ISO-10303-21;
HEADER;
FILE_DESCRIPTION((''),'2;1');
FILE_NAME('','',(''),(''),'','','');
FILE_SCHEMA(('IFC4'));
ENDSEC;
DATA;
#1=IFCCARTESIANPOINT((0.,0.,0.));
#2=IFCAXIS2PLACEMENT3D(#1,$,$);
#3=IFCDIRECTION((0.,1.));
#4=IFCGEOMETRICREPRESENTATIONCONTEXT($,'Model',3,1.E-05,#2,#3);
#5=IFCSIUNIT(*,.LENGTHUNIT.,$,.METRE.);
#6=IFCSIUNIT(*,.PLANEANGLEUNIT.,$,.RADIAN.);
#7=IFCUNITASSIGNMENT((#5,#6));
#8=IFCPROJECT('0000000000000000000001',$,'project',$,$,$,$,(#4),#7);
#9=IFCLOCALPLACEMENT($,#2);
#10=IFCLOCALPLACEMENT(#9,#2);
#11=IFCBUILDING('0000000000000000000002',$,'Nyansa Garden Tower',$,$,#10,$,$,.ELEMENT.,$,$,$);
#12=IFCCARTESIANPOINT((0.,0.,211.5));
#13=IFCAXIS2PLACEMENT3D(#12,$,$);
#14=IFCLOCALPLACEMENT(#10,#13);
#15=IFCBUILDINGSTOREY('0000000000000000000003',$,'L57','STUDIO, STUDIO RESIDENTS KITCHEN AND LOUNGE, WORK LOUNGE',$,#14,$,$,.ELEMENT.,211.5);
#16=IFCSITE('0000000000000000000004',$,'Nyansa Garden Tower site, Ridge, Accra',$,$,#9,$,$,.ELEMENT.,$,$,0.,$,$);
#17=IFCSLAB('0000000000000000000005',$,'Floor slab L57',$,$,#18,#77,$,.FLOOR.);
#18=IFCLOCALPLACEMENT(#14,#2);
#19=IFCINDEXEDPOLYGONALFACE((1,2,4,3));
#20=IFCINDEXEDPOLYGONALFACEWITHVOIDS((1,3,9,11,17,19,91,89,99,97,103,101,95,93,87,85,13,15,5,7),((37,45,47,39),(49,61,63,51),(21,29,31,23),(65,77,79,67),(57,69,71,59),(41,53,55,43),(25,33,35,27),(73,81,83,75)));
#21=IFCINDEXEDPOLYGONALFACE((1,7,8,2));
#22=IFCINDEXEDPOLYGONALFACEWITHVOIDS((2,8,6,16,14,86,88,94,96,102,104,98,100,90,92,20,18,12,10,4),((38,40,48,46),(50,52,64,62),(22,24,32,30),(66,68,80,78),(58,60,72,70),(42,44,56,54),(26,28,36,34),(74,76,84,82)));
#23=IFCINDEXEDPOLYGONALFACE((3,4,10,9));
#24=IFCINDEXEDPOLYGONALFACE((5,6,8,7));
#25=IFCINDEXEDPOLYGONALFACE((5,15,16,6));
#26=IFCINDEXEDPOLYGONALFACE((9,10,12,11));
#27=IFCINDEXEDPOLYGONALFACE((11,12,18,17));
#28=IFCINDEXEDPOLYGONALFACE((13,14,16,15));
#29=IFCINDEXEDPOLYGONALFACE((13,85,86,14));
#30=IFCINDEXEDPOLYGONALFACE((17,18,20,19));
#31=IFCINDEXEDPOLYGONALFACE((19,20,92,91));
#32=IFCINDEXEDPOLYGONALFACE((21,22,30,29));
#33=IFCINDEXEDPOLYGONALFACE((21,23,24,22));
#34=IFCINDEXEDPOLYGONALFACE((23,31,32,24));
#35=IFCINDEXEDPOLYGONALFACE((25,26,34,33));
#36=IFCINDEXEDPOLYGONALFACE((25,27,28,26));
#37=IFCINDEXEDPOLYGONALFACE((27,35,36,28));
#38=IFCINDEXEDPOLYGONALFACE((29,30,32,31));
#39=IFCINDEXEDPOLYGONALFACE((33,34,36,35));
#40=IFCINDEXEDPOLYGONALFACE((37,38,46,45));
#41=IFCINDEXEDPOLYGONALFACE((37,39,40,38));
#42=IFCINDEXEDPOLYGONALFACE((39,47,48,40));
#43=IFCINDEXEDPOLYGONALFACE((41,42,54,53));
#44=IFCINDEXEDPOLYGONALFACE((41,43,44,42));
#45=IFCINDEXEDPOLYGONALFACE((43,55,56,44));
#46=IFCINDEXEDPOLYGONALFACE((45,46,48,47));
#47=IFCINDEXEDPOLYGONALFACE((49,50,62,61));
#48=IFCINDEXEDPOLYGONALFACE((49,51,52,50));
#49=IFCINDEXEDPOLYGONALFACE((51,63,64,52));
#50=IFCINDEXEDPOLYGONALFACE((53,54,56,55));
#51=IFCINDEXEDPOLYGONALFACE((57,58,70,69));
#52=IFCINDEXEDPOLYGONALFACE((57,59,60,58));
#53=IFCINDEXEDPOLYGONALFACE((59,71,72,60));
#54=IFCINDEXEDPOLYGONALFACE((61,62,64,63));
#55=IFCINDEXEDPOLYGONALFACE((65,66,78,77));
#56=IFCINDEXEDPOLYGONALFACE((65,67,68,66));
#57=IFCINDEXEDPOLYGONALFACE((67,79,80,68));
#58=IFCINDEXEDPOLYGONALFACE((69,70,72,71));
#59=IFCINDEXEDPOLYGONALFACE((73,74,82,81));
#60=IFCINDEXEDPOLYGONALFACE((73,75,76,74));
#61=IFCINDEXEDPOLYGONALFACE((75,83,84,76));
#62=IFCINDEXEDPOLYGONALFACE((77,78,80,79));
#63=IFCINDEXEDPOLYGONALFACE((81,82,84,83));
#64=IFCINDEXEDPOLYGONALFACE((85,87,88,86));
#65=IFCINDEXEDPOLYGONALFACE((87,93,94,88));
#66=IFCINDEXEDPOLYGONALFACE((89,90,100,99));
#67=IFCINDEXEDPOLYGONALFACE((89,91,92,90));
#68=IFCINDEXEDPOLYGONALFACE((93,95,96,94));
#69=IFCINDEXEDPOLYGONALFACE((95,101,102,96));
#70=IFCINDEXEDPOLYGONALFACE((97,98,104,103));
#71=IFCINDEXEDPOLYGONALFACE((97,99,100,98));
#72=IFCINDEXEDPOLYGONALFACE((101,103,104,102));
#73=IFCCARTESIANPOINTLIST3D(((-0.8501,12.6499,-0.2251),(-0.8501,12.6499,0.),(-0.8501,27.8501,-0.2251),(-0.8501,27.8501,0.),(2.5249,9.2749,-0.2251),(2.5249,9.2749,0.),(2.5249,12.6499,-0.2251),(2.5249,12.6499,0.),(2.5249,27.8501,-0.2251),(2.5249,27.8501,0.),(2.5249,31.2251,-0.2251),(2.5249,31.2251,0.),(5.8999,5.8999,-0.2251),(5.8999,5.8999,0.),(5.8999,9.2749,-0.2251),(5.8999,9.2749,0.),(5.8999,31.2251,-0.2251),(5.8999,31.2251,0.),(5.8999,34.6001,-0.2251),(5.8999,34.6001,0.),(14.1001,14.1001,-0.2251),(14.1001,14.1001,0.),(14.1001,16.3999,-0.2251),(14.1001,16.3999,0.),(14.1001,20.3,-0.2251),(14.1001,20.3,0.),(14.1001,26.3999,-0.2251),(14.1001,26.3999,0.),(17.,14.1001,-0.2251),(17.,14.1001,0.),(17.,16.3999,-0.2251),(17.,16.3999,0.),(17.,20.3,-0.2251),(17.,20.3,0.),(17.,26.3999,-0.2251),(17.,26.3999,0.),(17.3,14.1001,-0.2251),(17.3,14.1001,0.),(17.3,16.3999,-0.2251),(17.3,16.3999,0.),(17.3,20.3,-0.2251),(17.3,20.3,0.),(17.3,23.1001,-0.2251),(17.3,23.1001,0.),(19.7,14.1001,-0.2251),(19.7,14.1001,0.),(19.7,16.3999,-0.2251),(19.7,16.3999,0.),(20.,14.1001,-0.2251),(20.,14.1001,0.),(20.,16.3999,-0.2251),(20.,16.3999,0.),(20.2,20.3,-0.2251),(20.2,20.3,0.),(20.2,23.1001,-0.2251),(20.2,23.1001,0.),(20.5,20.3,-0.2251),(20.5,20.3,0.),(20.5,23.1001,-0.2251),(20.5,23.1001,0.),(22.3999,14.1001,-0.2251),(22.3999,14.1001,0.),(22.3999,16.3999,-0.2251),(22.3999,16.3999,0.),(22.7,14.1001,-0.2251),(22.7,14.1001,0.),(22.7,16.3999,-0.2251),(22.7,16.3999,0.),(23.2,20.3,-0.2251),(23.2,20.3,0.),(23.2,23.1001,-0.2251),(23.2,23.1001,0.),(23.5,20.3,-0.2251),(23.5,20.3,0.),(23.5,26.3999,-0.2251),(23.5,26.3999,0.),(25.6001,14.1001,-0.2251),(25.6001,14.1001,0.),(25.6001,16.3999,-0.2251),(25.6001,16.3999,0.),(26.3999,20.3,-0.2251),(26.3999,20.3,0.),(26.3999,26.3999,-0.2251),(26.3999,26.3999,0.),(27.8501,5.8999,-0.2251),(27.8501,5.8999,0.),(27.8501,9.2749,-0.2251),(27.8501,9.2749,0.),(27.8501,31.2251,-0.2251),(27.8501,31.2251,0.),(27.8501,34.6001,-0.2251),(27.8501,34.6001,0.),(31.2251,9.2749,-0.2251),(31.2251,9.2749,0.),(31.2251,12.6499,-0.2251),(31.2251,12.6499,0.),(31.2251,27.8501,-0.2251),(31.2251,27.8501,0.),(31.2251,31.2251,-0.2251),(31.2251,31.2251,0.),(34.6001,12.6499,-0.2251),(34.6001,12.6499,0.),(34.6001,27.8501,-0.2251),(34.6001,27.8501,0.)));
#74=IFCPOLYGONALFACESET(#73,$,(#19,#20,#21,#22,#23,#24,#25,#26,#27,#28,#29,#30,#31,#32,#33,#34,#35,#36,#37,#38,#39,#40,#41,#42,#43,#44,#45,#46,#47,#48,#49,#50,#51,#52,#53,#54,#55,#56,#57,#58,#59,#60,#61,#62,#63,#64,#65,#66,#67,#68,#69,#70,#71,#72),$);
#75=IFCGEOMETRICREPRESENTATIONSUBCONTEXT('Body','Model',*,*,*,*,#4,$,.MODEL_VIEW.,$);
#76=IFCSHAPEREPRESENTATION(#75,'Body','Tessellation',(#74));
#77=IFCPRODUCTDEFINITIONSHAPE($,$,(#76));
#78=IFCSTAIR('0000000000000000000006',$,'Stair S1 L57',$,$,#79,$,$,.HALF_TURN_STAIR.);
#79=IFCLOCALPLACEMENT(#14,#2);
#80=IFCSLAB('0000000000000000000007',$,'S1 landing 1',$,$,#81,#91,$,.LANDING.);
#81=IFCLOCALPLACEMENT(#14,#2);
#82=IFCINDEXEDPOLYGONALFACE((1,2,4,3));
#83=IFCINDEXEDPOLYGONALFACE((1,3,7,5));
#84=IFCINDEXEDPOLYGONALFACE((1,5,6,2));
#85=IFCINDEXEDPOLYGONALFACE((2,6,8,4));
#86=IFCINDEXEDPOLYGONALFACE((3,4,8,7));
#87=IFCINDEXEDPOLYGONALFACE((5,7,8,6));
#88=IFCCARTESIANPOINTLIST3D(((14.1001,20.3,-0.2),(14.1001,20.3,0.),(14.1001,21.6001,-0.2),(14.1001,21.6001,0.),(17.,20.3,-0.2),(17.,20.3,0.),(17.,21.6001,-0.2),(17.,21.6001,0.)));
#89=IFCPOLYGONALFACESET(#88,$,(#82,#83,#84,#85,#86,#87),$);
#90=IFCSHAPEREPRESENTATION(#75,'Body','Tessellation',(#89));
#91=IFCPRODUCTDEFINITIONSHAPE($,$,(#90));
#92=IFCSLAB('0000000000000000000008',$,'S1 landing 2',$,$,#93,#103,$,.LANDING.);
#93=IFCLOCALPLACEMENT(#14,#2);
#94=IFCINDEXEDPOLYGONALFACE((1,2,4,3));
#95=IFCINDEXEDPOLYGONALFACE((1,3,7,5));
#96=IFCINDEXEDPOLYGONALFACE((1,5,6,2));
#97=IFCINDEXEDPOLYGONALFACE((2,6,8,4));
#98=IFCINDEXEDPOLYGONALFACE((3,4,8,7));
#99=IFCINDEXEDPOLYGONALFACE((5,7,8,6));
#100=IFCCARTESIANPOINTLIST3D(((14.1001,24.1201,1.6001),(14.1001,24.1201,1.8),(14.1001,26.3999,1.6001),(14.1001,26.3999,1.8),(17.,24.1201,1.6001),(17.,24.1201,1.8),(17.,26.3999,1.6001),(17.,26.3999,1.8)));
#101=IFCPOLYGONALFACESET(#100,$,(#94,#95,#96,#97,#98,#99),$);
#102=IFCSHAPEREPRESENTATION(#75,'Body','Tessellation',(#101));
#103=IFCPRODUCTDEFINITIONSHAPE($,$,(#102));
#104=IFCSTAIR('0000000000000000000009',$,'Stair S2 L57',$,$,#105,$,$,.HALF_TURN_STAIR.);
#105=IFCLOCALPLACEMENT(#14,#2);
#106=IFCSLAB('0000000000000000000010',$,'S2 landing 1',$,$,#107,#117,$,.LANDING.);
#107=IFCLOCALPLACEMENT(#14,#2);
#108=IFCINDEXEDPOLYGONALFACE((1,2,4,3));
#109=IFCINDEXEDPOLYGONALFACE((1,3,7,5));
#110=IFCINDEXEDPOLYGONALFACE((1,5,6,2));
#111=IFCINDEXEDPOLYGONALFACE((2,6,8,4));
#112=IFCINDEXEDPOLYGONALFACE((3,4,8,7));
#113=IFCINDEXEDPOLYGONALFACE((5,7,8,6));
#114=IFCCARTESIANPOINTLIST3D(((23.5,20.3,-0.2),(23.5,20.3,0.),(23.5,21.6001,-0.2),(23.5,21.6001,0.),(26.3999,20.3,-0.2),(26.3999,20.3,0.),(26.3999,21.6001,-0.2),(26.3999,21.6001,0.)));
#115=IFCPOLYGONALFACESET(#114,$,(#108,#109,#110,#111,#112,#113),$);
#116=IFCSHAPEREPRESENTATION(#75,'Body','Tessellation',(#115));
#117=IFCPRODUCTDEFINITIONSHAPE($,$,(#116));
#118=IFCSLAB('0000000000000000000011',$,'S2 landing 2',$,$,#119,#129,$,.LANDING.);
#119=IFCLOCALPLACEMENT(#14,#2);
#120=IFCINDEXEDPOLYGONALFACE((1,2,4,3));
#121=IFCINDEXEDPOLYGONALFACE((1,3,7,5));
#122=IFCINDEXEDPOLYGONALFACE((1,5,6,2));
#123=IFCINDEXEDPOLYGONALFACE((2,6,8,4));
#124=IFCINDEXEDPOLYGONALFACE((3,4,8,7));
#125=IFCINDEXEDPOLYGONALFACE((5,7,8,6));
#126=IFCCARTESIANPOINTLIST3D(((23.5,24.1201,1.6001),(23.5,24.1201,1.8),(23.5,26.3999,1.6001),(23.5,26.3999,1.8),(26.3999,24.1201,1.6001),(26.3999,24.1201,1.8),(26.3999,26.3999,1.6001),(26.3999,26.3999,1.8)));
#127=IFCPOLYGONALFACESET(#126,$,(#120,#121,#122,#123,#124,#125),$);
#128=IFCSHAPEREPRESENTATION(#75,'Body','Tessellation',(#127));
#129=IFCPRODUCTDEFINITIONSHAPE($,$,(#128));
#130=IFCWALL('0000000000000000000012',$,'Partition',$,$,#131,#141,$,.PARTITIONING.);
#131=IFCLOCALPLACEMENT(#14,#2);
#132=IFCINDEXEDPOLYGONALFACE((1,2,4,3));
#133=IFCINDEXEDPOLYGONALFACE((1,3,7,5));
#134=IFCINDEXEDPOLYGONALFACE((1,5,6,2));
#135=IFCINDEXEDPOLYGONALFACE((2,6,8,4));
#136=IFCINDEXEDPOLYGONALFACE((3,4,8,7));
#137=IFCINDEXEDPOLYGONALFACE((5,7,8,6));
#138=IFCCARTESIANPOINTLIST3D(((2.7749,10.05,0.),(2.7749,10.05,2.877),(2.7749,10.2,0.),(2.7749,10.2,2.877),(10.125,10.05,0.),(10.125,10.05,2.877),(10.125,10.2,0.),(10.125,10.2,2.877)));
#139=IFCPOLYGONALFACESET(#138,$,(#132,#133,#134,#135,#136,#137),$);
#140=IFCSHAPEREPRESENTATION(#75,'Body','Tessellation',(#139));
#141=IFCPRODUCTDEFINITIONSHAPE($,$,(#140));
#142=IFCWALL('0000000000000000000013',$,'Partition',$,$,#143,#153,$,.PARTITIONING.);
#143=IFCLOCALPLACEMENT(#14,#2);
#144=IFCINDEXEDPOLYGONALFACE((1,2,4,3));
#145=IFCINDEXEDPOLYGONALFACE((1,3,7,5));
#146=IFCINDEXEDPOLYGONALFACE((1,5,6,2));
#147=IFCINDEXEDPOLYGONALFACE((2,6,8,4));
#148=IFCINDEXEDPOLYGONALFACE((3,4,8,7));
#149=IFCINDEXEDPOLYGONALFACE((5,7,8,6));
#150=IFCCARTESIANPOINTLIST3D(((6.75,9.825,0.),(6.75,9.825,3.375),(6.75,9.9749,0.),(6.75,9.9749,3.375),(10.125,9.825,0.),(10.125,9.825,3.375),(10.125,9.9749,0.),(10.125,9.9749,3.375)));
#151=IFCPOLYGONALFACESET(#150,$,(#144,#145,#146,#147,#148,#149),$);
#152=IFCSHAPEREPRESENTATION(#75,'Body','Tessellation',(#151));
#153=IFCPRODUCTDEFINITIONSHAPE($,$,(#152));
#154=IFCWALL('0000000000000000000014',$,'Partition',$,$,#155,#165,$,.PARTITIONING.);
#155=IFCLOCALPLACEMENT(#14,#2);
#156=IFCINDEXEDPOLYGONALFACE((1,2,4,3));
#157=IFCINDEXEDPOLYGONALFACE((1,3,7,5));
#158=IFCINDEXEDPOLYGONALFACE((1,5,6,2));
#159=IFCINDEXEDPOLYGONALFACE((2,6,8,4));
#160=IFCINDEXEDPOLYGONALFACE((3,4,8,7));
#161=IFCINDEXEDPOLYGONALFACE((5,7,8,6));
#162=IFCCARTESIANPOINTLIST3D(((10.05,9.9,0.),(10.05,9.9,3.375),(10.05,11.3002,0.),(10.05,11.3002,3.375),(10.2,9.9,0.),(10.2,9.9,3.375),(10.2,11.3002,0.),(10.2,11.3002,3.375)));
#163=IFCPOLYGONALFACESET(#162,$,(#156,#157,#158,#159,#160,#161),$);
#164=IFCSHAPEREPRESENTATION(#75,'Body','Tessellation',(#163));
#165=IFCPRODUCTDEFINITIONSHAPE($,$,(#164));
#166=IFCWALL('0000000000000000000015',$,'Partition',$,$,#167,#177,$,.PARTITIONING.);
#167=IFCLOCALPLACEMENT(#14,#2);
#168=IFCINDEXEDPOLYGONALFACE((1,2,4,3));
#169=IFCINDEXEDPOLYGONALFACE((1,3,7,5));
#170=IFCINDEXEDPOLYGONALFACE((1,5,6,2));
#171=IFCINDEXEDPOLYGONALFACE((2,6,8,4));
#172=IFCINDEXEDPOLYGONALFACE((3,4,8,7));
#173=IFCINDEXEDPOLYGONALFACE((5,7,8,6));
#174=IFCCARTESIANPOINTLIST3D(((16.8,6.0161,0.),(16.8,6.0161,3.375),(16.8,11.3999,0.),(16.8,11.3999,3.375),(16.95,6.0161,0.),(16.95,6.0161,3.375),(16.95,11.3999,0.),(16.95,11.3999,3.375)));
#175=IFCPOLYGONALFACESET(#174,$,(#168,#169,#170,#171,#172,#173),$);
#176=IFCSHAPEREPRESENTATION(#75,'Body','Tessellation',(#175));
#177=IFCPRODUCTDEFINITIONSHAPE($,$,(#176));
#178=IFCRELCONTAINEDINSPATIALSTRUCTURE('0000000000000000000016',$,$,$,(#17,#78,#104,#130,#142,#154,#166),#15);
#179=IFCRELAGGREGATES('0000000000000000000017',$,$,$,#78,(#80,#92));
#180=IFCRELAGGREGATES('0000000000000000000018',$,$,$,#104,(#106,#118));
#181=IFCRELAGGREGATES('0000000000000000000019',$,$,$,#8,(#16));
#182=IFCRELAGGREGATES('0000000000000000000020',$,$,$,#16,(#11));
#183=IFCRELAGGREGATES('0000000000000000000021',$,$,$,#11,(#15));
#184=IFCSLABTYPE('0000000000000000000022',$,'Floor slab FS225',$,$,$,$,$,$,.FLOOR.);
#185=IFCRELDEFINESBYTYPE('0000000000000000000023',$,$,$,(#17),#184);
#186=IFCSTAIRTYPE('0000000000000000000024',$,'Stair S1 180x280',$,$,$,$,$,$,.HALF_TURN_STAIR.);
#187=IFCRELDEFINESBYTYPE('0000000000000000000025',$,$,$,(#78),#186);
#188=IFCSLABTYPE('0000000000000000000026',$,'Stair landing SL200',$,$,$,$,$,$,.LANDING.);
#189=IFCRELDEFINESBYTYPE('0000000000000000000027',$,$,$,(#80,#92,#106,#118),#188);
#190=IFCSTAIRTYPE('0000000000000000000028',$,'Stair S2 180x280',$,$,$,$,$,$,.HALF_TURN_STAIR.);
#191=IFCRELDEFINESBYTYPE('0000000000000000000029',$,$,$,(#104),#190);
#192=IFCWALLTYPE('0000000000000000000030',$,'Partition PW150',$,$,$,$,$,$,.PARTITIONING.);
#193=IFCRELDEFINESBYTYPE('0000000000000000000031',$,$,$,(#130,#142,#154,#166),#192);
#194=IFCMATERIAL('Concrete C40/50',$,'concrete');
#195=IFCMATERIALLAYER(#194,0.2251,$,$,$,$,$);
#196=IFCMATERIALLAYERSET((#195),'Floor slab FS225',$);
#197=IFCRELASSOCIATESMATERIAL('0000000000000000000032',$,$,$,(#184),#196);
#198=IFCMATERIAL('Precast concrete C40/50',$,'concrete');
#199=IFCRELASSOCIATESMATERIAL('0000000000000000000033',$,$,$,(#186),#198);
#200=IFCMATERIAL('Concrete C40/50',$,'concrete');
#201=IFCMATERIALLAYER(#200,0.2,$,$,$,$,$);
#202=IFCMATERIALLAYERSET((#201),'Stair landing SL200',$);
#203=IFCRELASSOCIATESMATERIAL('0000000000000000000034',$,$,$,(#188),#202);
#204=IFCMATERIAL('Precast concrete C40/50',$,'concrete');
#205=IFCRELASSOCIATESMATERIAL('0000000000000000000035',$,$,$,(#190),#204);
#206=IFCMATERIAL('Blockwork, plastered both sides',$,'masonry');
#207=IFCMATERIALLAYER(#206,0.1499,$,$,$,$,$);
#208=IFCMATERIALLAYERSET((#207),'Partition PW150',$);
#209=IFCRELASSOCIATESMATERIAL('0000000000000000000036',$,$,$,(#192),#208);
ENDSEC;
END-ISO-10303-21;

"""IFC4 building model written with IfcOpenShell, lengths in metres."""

from ifc_helpers import new_model, si_unit, direction, frame, frame_2d, origin, place, context, subcontext, project, spatial, polyline, rectangle, outline, extrude, material, layer, layer_set, type_object, element, aggregate, save


model = new_model("IFC4")

# Units and contexts
model_context = context("Model", 3, precision=1e-05, world=origin(), true_north=direction((0.0, 1.0)))
body_context = subcontext(model_context, "Body", "Model", "MODEL_VIEW")
ifc_project = project(units=[si_unit("LENGTHUNIT", "METRE"), si_unit("PLANEANGLEUNIT", "RADIAN")], contexts=[model_context])

# Site, building, storey
site_placement = place(None, origin())
site = spatial("IfcSite", under=ifc_project, at=site_placement, Name="Nyansa Garden Tower site, Ridge, Accra", CompositionType="ELEMENT", RefElevation=0.0)
building_placement = place(site_placement, origin())
building = spatial("IfcBuilding", under=site, at=building_placement, Name="Nyansa Garden Tower", CompositionType="ELEMENT")
storey_placement = place(building_placement, frame((0.0, 0.0, 211.5)))
storey = spatial("IfcBuildingStorey", under=building, at=storey_placement, Name="L57", Description="STUDIO, STUDIO RESIDENTS KITCHEN AND LOUNGE, WORK LOUNGE", CompositionType="ELEMENT", Elevation=211.5)

# Slab
ifc_material_1 = material(Name="Concrete C40/50", Category="concrete")
ifc_layer_1 = layer(ifc_material_1, 0.2251)
ifc_layer_set_1 = layer_set([ifc_layer_1], Name="Floor slab FS225")
slab_type_1 = type_object("IfcSlabType", Name="Floor slab FS225", PredefinedType="FLOOR", material=ifc_layer_set_1)
slab_1_placement = place(storey_placement, frame((0.0, 0.0, -0.2251)))
element("IfcSlab", 1, at=slab_1_placement, inside=storey, type_object=slab_type_1, Name="Floor slab L57", PredefinedType="FLOOR", context=body_context, shape_type="SweptSolid", body=[
    extrude(outline(polyline([(34.6001, 12.6499), (31.2251, 12.6499), (31.2251, 9.2749), (27.8501, 9.2749), (27.8501, 5.8999), (5.8999, 5.8999), (5.8999, 9.2749), (2.5249, 9.2749), (2.5249, 12.6499), (-0.8501, 12.6499), (-0.8501, 27.8501), (2.5249, 27.8501), (2.5249, 31.2251), (5.8999, 31.2251), (5.8999, 34.6001), (27.8501, 34.6001), (27.8501, 31.2251), (31.2251, 31.2251), (31.2251, 27.8501), (34.6001, 27.8501), (34.6001, 12.6499)]), holes=[polyline([(14.1001, 14.1001), (17.0, 14.1001), (17.0, 16.3999), (14.1001, 16.3999), (14.1001, 14.1001)]), polyline([(17.3, 14.1001), (19.7, 14.1001), (19.7, 16.3999), (17.3, 16.3999), (17.3, 14.1001)]), polyline([(20.0, 14.1001), (22.3999, 14.1001), (22.3999, 16.3999), (20.0, 16.3999), (20.0, 14.1001)]), polyline([(22.7, 14.1001), (25.6001, 14.1001), (25.6001, 16.3999), (22.7, 16.3999), (22.7, 14.1001)]), polyline([(17.3, 20.3), (20.2, 20.3), (20.2, 23.1001), (17.3, 23.1001), (17.3, 20.3)]), polyline([(20.5, 20.3), (23.2, 20.3), (23.2, 23.1001), (20.5, 23.1001), (20.5, 20.3)]), polyline([(14.1001, 20.3), (17.0, 20.3), (17.0, 26.3999), (14.1001, 26.3999), (14.1001, 20.3)]), polyline([(23.5, 20.3), (26.3999, 20.3), (26.3999, 26.3999), (23.5, 26.3999), (23.5, 20.3)])]), origin(), (0.0, 0.0, 1.0), 0.2251),
])

# Stairs, slabs
ifc_material_2 = material(Name="Precast concrete C40/50", Category="concrete")
stair_type_1 = type_object("IfcStairType", Name="Stair S1 180x280", PredefinedType="HALF_TURN_STAIR", material=ifc_material_2)
stair_1_placement = place(storey_placement, origin())
stair_1 = element("IfcStair", 2, at=stair_1_placement, inside=storey, type_object=stair_type_1, Name="Stair S1 L57", PredefinedType="HALF_TURN_STAIR")
ifc_material_3 = material(Name="Concrete C40/50", Category="concrete")
ifc_layer_2 = layer(ifc_material_3, 0.2)
ifc_layer_set_2 = layer_set([ifc_layer_2], Name="Stair landing SL200")
slab_type_2 = type_object("IfcSlabType", Name="Stair landing SL200", PredefinedType="LANDING", material=ifc_layer_set_2)
slab_2_placement = place(storey_placement, frame((0.0, 0.0, -0.2)))
slab_2 = element("IfcSlab", 3, at=slab_2_placement, type_object=slab_type_2, Name="S1 landing 1", PredefinedType="LANDING", context=body_context, shape_type="SweptSolid", body=[
    extrude(outline(polyline([(14.1001, 20.3), (17.0, 20.3), (17.0, 21.6001), (14.1001, 21.6001), (14.1001, 20.3)])), origin(), (0.0, 0.0, 1.0), 0.2),
])
slab_3_placement = place(storey_placement, frame((0.0, 0.0, 1.6001)))
slab_3 = element("IfcSlab", 4, at=slab_3_placement, type_object=slab_type_2, Name="S1 landing 2", PredefinedType="LANDING", context=body_context, shape_type="SweptSolid", body=[
    extrude(outline(polyline([(14.1001, 24.1201), (17.0, 24.1201), (17.0, 26.3999), (14.1001, 26.3999), (14.1001, 24.1201)])), origin(), (0.0, 0.0, 1.0), 0.2),
])
aggregate(stair_1, [slab_2, slab_3])
ifc_material_4 = material(Name="Precast concrete C40/50", Category="concrete")
stair_type_2 = type_object("IfcStairType", Name="Stair S2 180x280", PredefinedType="HALF_TURN_STAIR", material=ifc_material_4)
stair_2_placement = place(storey_placement, origin())
stair_2 = element("IfcStair", 5, at=stair_2_placement, inside=storey, type_object=stair_type_2, Name="Stair S2 L57", PredefinedType="HALF_TURN_STAIR")
slab_4_placement = place(storey_placement, frame((0.0, 0.0, -0.2)))
slab_4 = element("IfcSlab", 6, at=slab_4_placement, type_object=slab_type_2, Name="S2 landing 1", PredefinedType="LANDING", context=body_context, shape_type="SweptSolid", body=[
    extrude(outline(polyline([(23.5, 20.3), (26.3999, 20.3), (26.3999, 21.6001), (23.5, 21.6001), (23.5, 20.3)])), origin(), (0.0, 0.0, 1.0), 0.2),
])
slab_5_placement = place(storey_placement, frame((0.0, 0.0, 1.6001)))
slab_5 = element("IfcSlab", 7, at=slab_5_placement, type_object=slab_type_2, Name="S2 landing 2", PredefinedType="LANDING", context=body_context, shape_type="SweptSolid", body=[
    extrude(outline(polyline([(23.5, 24.1201), (26.3999, 24.1201), (26.3999, 26.3999), (23.5, 26.3999), (23.5, 24.1201)])), origin(), (0.0, 0.0, 1.0), 0.2),
])
aggregate(stair_2, [slab_4, slab_5])

# Walls
ifc_material_5 = material(Name="Blockwork, plastered both sides", Category="masonry")
ifc_layer_3 = layer(ifc_material_5, 0.1499)
ifc_layer_set_3 = layer_set([ifc_layer_3], Name="Partition PW150")
wall_type_1 = type_object("IfcWallType", Name="Partition PW150", PredefinedType="PARTITIONING", material=ifc_layer_set_3)
wall_1_placement = place(storey_placement, frame((2.7749, 10.125, 0.0), z_axis=(0.0, 0.0, 1.0), x_axis=(1.0, 0.0, 0.0)))
element("IfcWall", 8, at=wall_1_placement, inside=storey, type_object=wall_type_1, Name="Partition", PredefinedType="PARTITIONING", context=body_context, shape_type="SweptSolid", body=[
    extrude(rectangle(XDim=7.3501, YDim=0.1499, at=frame_2d((3.675, 0.0))), origin(), (0.0, 0.0, 1.0), 2.877),
])
wall_2_placement = place(storey_placement, frame((6.75, 9.8999, 0.0), z_axis=(0.0, 0.0, 1.0), x_axis=(1.0, 0.0, 0.0)))
element("IfcWall", 9, at=wall_2_placement, inside=storey, type_object=wall_type_1, Name="Partition", PredefinedType="PARTITIONING", context=body_context, shape_type="SweptSolid", body=[
    extrude(rectangle(XDim=3.375, YDim=0.1499, at=frame_2d((1.6875, 0.0))), origin(), (0.0, 0.0, 1.0), 3.375),
])
wall_3_placement = place(storey_placement, frame((10.125, 9.8999, 0.0), z_axis=(0.0, 0.0, 1.0), x_axis=(0.0, 1.0, 0.0)))
element("IfcWall", 10, at=wall_3_placement, inside=storey, type_object=wall_type_1, Name="Partition", PredefinedType="PARTITIONING", context=body_context, shape_type="SweptSolid", body=[
    extrude(rectangle(XDim=1.4001, YDim=0.1499, at=frame_2d((0.7002, 0.0))), origin(), (0.0, 0.0, 1.0), 3.375),
])
wall_4_placement = place(storey_placement, frame((16.875, 6.0161, 0.0), z_axis=(0.0, 0.0, 1.0), x_axis=(0.0, 1.0, 0.0)))
element("IfcWall", 11, at=wall_4_placement, inside=storey, type_object=wall_type_1, Name="Partition", PredefinedType="PARTITIONING", context=body_context, shape_type="SweptSolid", body=[
    extrude(rectangle(XDim=5.3838, YDim=0.1499, at=frame_2d((2.6919, 0.0))), origin(), (0.0, 0.0, 1.0), 3.375),
])

save(model, "model.ifc")
